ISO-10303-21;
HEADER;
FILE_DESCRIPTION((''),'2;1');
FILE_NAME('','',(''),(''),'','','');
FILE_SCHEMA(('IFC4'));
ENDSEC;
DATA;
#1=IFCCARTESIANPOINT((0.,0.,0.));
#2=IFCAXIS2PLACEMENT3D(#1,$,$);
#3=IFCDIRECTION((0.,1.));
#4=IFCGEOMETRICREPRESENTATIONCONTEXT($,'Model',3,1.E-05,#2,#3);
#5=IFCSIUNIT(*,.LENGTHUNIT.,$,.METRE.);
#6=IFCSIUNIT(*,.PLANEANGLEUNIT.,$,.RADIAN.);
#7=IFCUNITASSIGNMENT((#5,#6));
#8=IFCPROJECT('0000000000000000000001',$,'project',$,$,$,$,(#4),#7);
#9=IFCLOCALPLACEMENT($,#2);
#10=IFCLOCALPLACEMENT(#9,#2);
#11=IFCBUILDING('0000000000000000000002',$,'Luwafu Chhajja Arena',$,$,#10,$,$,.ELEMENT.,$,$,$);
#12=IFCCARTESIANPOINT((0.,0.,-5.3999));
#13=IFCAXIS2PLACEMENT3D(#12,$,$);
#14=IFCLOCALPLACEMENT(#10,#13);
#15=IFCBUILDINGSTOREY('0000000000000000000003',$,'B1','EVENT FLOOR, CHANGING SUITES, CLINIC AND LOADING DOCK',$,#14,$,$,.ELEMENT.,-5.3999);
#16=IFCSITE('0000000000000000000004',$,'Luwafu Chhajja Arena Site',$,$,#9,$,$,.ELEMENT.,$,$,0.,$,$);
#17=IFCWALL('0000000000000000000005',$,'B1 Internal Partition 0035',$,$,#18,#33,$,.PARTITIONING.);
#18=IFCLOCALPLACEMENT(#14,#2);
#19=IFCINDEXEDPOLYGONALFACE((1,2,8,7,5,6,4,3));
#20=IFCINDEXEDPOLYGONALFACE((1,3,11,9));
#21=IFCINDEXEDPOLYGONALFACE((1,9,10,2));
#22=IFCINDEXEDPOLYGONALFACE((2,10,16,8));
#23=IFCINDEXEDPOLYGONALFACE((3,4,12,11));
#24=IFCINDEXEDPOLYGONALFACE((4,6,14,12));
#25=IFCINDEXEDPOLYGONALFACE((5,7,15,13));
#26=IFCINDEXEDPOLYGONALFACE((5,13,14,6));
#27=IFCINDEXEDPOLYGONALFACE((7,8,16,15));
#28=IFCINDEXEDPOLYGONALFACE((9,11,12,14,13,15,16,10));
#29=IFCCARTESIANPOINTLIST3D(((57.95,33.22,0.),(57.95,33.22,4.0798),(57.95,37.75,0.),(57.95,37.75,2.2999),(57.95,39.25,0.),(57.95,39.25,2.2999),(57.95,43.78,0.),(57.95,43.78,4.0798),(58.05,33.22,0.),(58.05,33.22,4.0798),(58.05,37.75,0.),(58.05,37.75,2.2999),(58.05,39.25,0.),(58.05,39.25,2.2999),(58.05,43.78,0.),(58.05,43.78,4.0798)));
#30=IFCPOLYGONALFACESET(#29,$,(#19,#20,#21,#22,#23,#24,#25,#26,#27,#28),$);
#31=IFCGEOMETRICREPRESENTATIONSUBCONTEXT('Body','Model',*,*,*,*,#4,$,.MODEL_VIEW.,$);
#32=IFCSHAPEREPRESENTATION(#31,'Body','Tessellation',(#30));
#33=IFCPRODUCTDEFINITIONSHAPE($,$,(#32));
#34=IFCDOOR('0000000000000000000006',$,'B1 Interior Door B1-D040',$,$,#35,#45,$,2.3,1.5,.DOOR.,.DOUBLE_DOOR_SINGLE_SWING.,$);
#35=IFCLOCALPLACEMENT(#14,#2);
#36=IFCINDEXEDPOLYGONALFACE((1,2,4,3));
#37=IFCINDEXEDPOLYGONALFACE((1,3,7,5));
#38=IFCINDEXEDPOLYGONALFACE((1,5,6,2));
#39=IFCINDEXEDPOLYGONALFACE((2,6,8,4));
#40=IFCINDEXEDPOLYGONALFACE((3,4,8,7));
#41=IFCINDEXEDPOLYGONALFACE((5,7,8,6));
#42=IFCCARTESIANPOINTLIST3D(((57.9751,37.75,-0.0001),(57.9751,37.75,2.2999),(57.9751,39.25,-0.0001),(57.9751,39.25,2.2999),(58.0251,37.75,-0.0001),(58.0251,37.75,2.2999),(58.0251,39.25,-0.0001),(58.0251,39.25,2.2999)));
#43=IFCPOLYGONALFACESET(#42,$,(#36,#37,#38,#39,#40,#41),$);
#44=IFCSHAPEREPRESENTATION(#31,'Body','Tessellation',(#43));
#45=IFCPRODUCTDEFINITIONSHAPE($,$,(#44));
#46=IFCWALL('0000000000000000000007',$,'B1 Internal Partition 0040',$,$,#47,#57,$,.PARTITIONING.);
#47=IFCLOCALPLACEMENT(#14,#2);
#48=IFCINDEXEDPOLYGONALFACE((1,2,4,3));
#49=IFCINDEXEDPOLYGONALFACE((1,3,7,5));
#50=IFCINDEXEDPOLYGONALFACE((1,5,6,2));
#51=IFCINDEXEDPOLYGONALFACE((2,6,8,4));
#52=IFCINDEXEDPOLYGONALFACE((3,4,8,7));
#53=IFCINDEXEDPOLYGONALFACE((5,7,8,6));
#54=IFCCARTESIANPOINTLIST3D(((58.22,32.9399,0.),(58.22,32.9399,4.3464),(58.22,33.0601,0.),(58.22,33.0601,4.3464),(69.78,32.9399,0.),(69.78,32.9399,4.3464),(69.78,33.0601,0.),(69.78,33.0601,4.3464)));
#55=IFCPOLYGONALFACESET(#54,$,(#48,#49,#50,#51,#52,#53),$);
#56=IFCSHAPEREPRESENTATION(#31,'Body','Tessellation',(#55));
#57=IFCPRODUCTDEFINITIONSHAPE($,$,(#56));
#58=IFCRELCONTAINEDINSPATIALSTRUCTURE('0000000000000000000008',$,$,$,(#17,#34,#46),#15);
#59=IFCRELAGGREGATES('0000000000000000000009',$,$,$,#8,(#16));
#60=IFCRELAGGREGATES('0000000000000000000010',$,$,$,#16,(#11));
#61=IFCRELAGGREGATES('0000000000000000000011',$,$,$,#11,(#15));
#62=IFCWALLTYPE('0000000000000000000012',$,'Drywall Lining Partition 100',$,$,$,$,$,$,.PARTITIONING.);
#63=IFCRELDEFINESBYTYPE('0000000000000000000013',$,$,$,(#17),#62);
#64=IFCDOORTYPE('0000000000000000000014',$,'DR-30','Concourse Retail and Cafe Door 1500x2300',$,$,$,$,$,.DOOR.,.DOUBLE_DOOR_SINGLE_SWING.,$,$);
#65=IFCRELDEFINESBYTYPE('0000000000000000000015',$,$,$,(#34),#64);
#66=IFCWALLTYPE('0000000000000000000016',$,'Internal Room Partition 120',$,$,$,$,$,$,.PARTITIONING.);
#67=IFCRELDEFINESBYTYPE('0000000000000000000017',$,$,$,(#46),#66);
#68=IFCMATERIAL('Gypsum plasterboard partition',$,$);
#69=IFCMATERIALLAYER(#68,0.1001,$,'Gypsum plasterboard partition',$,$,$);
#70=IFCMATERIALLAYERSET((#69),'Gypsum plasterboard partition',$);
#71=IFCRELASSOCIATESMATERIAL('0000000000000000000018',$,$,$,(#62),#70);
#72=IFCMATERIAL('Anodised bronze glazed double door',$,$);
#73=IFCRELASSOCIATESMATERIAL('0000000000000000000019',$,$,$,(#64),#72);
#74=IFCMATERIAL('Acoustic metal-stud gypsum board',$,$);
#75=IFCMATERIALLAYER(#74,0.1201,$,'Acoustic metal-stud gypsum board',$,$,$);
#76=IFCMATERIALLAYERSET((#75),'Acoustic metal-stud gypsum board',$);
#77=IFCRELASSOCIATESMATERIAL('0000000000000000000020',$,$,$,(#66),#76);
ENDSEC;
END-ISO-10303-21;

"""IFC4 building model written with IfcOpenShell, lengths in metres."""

from ifc_helpers import new_model, si_unit, direction, frame, frame_2d, origin, place, context, subcontext, project, spatial, rectangle, extrude, material, layer, layer_set, type_object, element, fill, save


model = new_model("IFC4")

# Units and contexts
model_context = context("Model", 3, precision=1e-05, world=origin(), true_north=direction((0.0, 1.0)))
body_context = subcontext(model_context, "Body", "Model", "MODEL_VIEW")
ifc_project = project(units=[si_unit("LENGTHUNIT", "METRE"), si_unit("PLANEANGLEUNIT", "RADIAN")], contexts=[model_context])

# Site, building, storey
site_placement = place(None, origin())
site = spatial("IfcSite", under=ifc_project, at=site_placement, Name="Luwafu Chhajja Arena Site", CompositionType="ELEMENT", RefElevation=0.0)
building_placement = place(site_placement, origin())
building = spatial("IfcBuilding", under=site, at=building_placement, Name="Luwafu Chhajja Arena", CompositionType="ELEMENT")
storey_placement = place(building_placement, frame((0.0, 0.0, -5.3999)))
storey = spatial("IfcBuildingStorey", under=building, at=storey_placement, Name="B1", Description="EVENT FLOOR, CHANGING SUITES, CLINIC AND LOADING DOCK", CompositionType="ELEMENT", Elevation=-5.3999)

# Wall, opening, door
ifc_material_1 = material(Name="Gypsum plasterboard partition")
ifc_layer_1 = layer(ifc_material_1, 0.1001, Name="Gypsum plasterboard partition")
ifc_layer_set_1 = layer_set([ifc_layer_1], Name="Gypsum plasterboard partition")
wall_type_1 = type_object("IfcWallType", Name="Drywall Lining Partition 100", PredefinedType="PARTITIONING", material=ifc_layer_set_1)
wall_1_placement = place(storey_placement, frame((58.0, 33.22, 0.0), z_axis=(0.0, 0.0, 1.0), x_axis=(0.0, 1.0, 0.0)))
wall_1 = element("IfcWall", 1, at=wall_1_placement, inside=storey, type_object=wall_type_1, Name="B1 Internal Partition 0035", PredefinedType="PARTITIONING", context=body_context, shape_type="SweptSolid", body=[
    extrude(rectangle(XDim=10.5601, YDim=0.1001, at=frame_2d((5.28, 0.0))), origin(), (0.0, 0.0, 1.0), 4.0798),
])
opening_placement = place(wall_1_placement, frame((4.53, 0.0, 0.0)))
opening = element("IfcOpeningElement", 2, at=opening_placement, cuts=wall_1, PredefinedType="OPENING", context=body_context, shape_type="SweptSolid", body=[
    extrude(rectangle(XDim=1.5, YDim=2.3, at=frame_2d((0.75, 1.1499))), frame((0.0, 0.0601, 0.0), z_axis=(0.0, -1.0, 0.0), x_axis=(1.0, 0.0, 0.0)), (0.0, 0.0, 1.0), 0.1201),
])
ifc_material_2 = material(Name="Anodised bronze glazed double door")
door_type = type_object("IfcDoorType", Name="DR-30", Description="Concourse Retail and Cafe Door 1500x2300", OperationType="DOUBLE_DOOR_SINGLE_SWING", PredefinedType="DOOR", material=ifc_material_2)
door_placement = place(opening_placement, origin())
door = element("IfcDoor", 3, at=door_placement, inside=storey, type_object=door_type, Name="B1 Interior Door B1-D040", OperationType="DOUBLE_DOOR_SINGLE_SWING", OverallHeight=2.3, OverallWidth=1.5, PredefinedType="DOOR", context=body_context, shape_type="SweptSolid", body=[
    extrude(rectangle(XDim=1.5, YDim=2.3, at=frame_2d((0.75, 1.1499))), frame((0.0, 0.0249, 0.0), z_axis=(0.0, -1.0, 0.0), x_axis=(1.0, 0.0, 0.0)), (0.0, 0.0, 1.0), 0.05),
])
fill(opening, door)

# Wall
ifc_material_3 = material(Name="Acoustic metal-stud gypsum board")
ifc_layer_2 = layer(ifc_material_3, 0.1201, Name="Acoustic metal-stud gypsum board")
ifc_layer_set_2 = layer_set([ifc_layer_2], Name="Acoustic metal-stud gypsum board")
wall_type_2 = type_object("IfcWallType", Name="Internal Room Partition 120", PredefinedType="PARTITIONING", material=ifc_layer_set_2)
wall_2_placement = place(storey_placement, frame((58.22, 33.0, 0.0), z_axis=(0.0, 0.0, 1.0), x_axis=(1.0, 0.0, 0.0)))
element("IfcWall", 4, at=wall_2_placement, inside=storey, type_object=wall_type_2, Name="B1 Internal Partition 0040", PredefinedType="PARTITIONING", context=body_context, shape_type="SweptSolid", body=[
    extrude(rectangle(XDim=11.5601, YDim=0.1201, at=frame_2d((5.78, 0.0))), origin(), (0.0, 0.0, 1.0), 4.3464),
])

save(model, "model.ifc")
